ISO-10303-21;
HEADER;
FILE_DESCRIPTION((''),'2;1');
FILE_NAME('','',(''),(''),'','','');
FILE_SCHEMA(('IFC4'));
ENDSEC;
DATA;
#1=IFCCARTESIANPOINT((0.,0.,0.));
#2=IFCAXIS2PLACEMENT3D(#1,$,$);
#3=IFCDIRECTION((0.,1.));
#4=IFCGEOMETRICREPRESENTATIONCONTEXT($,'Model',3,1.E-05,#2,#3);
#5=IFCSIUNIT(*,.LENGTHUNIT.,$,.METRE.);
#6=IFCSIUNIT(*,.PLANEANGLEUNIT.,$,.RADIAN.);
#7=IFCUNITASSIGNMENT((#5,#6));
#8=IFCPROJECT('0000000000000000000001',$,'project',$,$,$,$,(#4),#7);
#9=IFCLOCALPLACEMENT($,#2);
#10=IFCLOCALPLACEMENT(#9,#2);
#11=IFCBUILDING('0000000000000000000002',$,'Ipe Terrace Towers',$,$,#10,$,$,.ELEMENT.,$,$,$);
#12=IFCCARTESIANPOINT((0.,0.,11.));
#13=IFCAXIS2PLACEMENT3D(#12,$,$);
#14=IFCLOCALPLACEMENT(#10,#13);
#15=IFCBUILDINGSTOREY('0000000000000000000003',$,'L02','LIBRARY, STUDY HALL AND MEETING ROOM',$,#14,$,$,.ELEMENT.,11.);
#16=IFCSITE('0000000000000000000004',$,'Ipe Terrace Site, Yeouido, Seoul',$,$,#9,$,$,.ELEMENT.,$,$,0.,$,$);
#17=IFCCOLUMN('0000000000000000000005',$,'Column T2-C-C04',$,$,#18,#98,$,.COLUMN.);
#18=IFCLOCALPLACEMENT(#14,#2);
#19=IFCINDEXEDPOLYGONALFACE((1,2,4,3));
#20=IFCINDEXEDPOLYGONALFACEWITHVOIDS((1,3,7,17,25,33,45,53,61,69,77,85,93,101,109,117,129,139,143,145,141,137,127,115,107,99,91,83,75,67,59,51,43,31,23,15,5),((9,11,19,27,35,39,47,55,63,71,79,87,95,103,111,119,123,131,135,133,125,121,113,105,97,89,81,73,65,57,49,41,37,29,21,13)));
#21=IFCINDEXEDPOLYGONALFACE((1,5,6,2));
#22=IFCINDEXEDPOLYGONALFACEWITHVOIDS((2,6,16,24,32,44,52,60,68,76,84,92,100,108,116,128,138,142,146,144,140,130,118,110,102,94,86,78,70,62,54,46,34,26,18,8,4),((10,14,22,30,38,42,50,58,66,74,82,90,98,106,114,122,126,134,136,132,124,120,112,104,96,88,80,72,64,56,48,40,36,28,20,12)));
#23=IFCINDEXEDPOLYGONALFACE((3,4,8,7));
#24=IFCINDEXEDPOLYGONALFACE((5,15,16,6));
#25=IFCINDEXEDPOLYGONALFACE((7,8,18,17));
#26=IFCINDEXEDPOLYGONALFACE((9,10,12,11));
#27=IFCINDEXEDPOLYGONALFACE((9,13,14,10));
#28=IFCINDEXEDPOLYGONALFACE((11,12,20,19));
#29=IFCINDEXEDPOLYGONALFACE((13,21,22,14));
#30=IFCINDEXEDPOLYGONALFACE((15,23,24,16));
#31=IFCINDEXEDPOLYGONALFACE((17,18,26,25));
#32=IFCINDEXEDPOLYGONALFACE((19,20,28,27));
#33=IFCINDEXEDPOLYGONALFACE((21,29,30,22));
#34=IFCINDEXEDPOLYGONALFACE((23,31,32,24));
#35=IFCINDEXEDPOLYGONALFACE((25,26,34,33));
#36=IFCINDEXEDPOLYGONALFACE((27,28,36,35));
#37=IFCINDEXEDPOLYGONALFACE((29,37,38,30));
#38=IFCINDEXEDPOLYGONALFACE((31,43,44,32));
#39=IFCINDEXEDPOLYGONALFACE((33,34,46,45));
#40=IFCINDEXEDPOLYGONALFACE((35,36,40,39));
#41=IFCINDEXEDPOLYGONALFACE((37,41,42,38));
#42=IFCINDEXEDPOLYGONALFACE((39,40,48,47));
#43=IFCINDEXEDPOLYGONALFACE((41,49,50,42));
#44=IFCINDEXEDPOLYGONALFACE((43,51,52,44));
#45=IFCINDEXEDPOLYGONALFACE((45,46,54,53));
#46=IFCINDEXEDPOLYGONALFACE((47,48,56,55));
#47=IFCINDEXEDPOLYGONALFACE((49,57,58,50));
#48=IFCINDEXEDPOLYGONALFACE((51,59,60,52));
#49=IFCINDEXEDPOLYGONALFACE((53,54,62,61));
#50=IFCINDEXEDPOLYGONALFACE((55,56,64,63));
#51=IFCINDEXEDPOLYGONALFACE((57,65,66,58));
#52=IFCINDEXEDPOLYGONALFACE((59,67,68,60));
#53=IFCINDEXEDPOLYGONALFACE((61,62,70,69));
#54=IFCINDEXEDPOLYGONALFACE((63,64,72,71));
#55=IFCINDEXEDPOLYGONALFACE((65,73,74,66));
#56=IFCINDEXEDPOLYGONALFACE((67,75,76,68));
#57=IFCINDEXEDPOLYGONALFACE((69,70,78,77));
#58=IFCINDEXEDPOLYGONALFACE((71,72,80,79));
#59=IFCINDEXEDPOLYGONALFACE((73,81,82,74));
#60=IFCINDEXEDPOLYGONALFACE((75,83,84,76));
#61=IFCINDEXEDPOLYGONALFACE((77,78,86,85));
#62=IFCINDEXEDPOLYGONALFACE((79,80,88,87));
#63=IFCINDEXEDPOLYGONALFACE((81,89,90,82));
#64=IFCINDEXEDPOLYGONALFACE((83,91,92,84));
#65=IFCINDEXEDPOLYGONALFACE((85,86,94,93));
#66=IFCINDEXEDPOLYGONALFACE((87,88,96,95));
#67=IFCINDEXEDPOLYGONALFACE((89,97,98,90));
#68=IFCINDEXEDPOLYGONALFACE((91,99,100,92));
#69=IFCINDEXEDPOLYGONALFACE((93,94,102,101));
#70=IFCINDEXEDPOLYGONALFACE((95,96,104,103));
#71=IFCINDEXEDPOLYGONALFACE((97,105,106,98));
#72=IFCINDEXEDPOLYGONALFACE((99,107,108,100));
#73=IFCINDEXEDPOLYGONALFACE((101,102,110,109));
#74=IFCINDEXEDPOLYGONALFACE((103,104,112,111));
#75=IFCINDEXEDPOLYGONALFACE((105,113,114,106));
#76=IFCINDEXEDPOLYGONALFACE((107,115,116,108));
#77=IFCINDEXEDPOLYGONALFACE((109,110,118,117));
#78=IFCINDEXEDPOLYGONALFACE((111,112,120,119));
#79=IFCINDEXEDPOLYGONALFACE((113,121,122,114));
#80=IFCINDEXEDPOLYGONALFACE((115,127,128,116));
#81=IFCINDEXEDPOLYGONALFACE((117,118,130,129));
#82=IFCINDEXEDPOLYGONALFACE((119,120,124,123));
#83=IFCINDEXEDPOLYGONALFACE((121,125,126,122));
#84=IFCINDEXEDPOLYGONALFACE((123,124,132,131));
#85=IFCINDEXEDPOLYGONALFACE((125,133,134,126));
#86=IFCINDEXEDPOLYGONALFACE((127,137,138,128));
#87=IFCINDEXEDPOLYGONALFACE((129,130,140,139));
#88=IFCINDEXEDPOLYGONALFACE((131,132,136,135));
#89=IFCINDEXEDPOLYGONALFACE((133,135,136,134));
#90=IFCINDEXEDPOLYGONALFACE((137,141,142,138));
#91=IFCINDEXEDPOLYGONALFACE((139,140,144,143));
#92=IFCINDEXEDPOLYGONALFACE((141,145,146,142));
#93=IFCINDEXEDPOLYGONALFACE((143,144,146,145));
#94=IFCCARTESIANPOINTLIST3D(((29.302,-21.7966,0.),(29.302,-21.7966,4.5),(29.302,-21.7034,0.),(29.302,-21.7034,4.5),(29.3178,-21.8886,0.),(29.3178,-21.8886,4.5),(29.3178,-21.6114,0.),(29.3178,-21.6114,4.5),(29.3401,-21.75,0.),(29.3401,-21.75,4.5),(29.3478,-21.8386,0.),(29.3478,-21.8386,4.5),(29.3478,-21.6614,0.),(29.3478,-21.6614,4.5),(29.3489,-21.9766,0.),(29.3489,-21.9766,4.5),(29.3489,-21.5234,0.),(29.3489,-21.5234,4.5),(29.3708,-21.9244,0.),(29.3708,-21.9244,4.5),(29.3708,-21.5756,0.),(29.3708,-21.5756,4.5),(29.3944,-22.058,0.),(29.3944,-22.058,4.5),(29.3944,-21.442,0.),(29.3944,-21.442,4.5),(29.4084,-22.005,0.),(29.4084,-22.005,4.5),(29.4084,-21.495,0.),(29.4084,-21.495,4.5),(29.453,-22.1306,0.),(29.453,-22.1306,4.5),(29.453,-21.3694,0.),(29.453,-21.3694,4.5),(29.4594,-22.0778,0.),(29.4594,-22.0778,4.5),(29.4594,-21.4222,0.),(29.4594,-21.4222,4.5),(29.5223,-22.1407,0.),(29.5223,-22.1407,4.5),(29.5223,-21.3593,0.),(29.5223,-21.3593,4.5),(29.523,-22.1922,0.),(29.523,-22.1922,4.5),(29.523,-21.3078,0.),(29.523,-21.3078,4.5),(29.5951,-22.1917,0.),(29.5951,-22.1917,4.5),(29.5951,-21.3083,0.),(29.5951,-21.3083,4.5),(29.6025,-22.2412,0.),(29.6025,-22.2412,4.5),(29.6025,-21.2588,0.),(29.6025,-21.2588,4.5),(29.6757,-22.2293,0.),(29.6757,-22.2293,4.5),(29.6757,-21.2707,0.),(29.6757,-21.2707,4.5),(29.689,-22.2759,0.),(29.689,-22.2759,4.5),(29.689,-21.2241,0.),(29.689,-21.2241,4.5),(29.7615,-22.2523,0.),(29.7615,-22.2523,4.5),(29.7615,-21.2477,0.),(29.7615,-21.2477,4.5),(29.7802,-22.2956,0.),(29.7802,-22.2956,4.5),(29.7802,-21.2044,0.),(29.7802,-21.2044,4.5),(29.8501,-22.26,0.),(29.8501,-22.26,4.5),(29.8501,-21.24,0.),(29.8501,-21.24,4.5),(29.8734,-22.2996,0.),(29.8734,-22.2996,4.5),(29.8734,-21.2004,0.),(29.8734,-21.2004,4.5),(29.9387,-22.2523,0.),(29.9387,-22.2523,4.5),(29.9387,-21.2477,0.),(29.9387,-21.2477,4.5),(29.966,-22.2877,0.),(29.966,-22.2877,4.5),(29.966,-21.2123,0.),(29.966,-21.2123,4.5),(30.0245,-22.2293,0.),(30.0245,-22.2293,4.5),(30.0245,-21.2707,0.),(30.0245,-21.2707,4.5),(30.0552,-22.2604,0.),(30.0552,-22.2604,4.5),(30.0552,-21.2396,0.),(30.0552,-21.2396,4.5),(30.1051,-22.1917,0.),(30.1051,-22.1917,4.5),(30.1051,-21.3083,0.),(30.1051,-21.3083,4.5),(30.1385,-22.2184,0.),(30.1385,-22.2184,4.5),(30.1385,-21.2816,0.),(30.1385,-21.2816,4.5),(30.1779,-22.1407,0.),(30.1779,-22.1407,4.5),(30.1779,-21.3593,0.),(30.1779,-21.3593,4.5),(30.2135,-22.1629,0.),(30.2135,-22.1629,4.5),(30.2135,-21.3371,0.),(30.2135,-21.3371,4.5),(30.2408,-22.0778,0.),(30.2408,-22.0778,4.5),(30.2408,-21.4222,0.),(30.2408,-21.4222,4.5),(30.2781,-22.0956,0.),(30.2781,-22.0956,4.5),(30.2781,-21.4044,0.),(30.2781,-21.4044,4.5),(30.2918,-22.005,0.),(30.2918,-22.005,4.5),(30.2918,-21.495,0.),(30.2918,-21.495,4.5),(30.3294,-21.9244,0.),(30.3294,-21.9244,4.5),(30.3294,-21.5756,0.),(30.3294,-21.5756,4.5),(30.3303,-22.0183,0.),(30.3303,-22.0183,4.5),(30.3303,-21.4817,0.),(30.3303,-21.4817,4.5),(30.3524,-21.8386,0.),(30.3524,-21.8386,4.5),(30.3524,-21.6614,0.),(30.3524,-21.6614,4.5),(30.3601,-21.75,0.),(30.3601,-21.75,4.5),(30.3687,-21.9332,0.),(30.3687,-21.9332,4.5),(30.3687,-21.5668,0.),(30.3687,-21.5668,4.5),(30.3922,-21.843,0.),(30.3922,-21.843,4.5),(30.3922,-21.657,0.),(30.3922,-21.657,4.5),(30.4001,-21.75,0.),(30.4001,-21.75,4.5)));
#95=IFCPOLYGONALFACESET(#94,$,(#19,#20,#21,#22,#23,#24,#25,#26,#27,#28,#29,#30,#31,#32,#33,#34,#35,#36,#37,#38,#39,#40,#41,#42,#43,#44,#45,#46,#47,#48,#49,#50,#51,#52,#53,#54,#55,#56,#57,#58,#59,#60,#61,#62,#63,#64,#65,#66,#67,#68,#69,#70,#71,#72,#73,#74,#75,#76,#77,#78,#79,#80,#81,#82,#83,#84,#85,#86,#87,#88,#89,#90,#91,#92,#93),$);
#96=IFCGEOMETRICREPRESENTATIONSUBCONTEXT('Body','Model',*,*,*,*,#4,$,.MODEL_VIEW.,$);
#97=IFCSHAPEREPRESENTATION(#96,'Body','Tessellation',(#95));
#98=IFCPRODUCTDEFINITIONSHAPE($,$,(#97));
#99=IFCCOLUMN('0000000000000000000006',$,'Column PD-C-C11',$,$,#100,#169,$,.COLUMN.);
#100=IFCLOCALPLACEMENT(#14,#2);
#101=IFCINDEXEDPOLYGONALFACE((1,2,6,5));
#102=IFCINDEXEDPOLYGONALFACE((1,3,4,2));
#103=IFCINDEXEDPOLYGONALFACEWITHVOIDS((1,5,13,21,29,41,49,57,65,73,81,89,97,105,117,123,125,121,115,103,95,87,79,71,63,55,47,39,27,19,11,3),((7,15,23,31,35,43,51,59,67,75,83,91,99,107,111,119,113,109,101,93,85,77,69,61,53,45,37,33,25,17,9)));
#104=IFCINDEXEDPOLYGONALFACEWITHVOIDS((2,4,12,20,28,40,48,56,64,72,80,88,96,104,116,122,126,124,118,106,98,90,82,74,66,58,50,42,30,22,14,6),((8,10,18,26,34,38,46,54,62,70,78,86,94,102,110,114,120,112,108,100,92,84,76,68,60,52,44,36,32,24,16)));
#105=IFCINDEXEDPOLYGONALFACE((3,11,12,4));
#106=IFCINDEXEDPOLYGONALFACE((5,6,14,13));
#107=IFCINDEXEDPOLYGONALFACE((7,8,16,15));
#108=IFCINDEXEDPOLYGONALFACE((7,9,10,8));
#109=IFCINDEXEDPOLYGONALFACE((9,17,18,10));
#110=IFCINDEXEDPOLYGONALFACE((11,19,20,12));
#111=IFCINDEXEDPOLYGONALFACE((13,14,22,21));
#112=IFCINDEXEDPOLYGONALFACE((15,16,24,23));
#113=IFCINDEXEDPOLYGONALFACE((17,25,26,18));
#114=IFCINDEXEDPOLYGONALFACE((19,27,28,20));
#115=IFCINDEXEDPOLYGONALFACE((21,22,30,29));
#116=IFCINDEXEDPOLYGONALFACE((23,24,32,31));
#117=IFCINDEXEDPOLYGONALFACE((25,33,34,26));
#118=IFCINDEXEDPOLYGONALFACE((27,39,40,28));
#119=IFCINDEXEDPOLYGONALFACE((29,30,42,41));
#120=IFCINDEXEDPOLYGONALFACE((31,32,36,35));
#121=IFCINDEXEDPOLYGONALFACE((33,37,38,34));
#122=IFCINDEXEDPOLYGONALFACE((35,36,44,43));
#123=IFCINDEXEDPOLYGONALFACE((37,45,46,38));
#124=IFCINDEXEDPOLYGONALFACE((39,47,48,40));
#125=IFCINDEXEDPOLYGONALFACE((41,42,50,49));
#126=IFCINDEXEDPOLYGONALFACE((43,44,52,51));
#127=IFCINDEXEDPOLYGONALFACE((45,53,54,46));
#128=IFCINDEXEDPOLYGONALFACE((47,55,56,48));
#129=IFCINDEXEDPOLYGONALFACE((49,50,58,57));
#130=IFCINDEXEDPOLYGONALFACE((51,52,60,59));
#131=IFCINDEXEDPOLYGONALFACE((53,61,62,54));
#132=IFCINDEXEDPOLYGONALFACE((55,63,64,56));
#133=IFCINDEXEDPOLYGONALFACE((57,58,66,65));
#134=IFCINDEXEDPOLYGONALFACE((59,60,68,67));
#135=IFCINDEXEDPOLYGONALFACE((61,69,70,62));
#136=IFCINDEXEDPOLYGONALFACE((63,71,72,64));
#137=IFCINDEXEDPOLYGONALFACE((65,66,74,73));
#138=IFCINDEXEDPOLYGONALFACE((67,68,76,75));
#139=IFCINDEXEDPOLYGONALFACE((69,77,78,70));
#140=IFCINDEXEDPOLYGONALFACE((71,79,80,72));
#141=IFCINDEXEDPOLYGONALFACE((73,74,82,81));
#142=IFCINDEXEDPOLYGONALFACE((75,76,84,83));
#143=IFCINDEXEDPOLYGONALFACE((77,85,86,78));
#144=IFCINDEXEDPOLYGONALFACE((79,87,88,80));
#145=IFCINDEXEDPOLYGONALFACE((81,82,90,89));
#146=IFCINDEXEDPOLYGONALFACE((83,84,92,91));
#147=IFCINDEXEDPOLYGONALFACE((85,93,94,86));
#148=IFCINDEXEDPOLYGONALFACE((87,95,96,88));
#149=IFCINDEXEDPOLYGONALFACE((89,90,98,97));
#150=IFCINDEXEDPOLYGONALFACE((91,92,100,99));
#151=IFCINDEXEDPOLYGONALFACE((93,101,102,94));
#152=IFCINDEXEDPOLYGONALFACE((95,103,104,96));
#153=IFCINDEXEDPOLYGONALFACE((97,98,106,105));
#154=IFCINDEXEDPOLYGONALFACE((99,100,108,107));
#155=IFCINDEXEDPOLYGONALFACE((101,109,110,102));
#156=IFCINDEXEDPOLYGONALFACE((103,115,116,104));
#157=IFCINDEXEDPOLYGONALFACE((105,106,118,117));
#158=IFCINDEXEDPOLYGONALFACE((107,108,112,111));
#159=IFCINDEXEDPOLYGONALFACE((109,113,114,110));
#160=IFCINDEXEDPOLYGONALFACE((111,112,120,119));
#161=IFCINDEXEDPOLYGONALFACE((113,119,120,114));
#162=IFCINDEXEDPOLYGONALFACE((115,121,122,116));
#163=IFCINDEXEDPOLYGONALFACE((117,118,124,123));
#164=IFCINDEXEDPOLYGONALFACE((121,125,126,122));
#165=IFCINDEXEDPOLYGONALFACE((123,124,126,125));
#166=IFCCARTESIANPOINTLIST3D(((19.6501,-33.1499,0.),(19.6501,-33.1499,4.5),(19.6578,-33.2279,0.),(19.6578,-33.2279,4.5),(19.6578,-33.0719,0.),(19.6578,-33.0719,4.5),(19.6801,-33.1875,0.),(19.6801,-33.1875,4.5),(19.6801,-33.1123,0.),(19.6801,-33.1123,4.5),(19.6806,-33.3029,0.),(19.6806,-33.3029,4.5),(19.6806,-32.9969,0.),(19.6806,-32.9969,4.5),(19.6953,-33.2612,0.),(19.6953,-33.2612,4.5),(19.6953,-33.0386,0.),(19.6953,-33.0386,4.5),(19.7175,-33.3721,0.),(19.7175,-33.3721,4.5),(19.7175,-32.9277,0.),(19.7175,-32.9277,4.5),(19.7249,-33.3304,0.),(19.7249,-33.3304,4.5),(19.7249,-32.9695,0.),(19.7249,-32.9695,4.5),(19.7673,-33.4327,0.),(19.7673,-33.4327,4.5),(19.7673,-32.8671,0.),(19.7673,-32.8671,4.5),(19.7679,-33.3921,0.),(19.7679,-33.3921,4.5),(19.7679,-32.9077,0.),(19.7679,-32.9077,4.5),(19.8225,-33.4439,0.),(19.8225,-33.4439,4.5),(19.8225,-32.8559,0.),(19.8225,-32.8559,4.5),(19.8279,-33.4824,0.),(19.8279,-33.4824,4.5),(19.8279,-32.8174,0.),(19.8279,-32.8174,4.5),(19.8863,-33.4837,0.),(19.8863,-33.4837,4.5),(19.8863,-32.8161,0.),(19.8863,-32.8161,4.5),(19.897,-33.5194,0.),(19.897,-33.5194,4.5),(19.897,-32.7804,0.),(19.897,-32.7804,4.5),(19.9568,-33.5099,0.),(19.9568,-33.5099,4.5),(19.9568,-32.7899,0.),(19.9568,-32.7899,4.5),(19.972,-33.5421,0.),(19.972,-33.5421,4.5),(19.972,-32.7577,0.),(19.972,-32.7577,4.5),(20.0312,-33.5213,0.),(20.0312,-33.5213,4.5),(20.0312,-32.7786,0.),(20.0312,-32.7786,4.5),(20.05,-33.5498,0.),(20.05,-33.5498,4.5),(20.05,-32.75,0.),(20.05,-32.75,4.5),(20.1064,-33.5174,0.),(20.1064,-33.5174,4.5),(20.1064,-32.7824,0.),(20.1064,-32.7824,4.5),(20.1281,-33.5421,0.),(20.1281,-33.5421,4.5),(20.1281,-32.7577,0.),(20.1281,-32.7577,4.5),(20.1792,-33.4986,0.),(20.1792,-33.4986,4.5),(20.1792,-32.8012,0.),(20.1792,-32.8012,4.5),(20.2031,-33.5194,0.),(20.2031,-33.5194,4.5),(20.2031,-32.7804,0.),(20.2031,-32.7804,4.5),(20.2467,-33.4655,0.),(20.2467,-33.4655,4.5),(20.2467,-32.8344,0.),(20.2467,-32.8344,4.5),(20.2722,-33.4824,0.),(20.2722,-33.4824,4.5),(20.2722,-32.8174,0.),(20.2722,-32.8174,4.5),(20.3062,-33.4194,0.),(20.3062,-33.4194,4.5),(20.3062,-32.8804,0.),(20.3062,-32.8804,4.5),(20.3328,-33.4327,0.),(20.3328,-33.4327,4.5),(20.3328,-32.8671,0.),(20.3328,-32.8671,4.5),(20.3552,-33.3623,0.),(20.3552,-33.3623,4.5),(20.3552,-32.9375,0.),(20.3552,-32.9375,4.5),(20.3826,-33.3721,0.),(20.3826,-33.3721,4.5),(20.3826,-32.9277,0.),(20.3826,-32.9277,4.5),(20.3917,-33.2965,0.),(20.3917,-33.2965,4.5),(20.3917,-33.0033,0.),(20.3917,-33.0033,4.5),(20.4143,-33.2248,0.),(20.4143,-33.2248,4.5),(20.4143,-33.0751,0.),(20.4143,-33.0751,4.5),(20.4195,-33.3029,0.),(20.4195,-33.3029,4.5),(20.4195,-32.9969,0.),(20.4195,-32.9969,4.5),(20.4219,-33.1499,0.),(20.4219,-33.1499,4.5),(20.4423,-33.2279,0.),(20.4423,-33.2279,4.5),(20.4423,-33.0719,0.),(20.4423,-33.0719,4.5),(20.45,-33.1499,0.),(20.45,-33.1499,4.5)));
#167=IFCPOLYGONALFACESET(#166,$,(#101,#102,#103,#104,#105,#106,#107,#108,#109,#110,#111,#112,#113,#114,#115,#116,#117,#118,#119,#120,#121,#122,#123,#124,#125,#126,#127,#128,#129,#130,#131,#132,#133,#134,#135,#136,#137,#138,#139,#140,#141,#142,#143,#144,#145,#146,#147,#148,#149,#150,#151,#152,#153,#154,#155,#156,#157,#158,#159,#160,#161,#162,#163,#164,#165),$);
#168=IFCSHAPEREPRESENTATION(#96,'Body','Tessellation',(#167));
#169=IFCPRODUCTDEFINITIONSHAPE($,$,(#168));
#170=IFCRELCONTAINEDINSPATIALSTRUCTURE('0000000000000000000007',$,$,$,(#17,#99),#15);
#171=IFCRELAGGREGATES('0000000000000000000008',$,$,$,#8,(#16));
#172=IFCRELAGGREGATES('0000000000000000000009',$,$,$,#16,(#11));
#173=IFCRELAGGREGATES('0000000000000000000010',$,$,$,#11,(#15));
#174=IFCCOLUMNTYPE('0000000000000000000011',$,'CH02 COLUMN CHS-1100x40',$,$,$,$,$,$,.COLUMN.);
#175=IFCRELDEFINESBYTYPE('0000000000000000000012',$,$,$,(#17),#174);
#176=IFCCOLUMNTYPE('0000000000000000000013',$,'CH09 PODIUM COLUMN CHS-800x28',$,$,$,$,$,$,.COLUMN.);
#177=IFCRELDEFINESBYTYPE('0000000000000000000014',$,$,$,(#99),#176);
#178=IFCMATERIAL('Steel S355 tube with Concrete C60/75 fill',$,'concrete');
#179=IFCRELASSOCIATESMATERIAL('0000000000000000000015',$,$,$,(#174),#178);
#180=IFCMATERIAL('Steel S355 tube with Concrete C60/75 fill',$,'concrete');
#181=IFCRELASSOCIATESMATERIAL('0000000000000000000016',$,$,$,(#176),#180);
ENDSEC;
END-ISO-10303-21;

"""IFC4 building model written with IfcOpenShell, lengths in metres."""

from ifc_helpers import new_model, si_unit, direction, frame, origin, origin_2d, place, context, subcontext, project, spatial, hollow_circle, extrude, material, material_profile, profile_set, type_object, element, save


model = new_model("IFC4")

# Units and contexts
model_context = context("Model", 3, precision=1e-05, world=origin(), true_north=direction((0.0, 1.0)))
body_context = subcontext(model_context, "Body", "Model", "MODEL_VIEW")
ifc_project = project(units=[si_unit("LENGTHUNIT", "METRE"), si_unit("PLANEANGLEUNIT", "RADIAN")], contexts=[model_context])

# Site, building, storey
site_placement = place(None, origin())
site = spatial("IfcSite", under=ifc_project, at=site_placement, Name="Ipe Terrace Site, Yeouido, Seoul", CompositionType="ELEMENT", RefElevation=0.0)
building_placement = place(site_placement, origin())
building = spatial("IfcBuilding", under=site, at=building_placement, Name="Ipe Terrace Towers", CompositionType="ELEMENT")
storey_placement = place(building_placement, frame((0.0, 0.0, 11.0)))
storey = spatial("IfcBuildingStorey", under=building, at=storey_placement, Name="L02", Description="LIBRARY, STUDY HALL AND MEETING ROOM", CompositionType="ELEMENT", Elevation=11.0)

# Columns
ifc_material_1 = material(Name="Steel S355 tube with Concrete C60/75 fill", Category="concrete")
ifc_material_profile_1 = material_profile(ifc_material_1, hollow_circle(Radius=0.55, WallThickness=0.04, at=origin_2d()), Name="CHS-1100x40")
ifc_profile_set_1 = profile_set([ifc_material_profile_1], Name="Steel S355 tube with Concrete C60/75 fill")
column_type_1 = type_object("IfcColumnType", Name="CH02 COLUMN CHS-1100x40", PredefinedType="COLUMN", material=ifc_profile_set_1)
column_placement = place(storey_placement, frame((29.8501, -21.75, 0.0), z_axis=(0.0, 0.0, 1.0), x_axis=(1.0, 0.0, 0.0)))
element("IfcColumn", 1, at=column_placement, inside=storey, type_object=column_type_1, Name="Column T2-C-C04", PredefinedType="COLUMN", context=body_context, shape_type="SweptSolid", body=[
    extrude(hollow_circle(Radius=0.55, WallThickness=0.04, at=origin_2d()), origin(), (0.0, 0.0, 1.0), 4.5),
])
ifc_material_2 = material(Name="Steel S355 tube with Concrete C60/75 fill", Category="concrete")
ifc_material_profile_2 = material_profile(ifc_material_2, hollow_circle(Radius=0.3999, WallThickness=0.0281, at=origin_2d()), Name="CHS-800x28")
ifc_profile_set_2 = profile_set([ifc_material_profile_2], Name="Steel S355 tube with Concrete C60/75 fill")
column_type_2 = type_object("IfcColumnType", Name="CH09 PODIUM COLUMN CHS-800x28", PredefinedType="COLUMN", material=ifc_profile_set_2)
for number, where, z_axis, x_axis, name in (
    (2, (20.05, -33.1499, 0.0), (0.0, 0.0, 1.0), (1.0, 0.0, 0.0), "Column PD-C-C11"),
):
    element("IfcColumn", number, at=place(storey_placement, frame(where, z_axis=z_axis, x_axis=x_axis)), inside=storey, type_object=column_type_2, Name=name, PredefinedType="COLUMN", context=body_context, shape_type="SweptSolid", body=[
        extrude(hollow_circle(Radius=0.3999, WallThickness=0.0281, at=origin_2d()), origin(), (0.0, 0.0, 1.0), 4.5),
    ])

save(model, "model.ifc")
